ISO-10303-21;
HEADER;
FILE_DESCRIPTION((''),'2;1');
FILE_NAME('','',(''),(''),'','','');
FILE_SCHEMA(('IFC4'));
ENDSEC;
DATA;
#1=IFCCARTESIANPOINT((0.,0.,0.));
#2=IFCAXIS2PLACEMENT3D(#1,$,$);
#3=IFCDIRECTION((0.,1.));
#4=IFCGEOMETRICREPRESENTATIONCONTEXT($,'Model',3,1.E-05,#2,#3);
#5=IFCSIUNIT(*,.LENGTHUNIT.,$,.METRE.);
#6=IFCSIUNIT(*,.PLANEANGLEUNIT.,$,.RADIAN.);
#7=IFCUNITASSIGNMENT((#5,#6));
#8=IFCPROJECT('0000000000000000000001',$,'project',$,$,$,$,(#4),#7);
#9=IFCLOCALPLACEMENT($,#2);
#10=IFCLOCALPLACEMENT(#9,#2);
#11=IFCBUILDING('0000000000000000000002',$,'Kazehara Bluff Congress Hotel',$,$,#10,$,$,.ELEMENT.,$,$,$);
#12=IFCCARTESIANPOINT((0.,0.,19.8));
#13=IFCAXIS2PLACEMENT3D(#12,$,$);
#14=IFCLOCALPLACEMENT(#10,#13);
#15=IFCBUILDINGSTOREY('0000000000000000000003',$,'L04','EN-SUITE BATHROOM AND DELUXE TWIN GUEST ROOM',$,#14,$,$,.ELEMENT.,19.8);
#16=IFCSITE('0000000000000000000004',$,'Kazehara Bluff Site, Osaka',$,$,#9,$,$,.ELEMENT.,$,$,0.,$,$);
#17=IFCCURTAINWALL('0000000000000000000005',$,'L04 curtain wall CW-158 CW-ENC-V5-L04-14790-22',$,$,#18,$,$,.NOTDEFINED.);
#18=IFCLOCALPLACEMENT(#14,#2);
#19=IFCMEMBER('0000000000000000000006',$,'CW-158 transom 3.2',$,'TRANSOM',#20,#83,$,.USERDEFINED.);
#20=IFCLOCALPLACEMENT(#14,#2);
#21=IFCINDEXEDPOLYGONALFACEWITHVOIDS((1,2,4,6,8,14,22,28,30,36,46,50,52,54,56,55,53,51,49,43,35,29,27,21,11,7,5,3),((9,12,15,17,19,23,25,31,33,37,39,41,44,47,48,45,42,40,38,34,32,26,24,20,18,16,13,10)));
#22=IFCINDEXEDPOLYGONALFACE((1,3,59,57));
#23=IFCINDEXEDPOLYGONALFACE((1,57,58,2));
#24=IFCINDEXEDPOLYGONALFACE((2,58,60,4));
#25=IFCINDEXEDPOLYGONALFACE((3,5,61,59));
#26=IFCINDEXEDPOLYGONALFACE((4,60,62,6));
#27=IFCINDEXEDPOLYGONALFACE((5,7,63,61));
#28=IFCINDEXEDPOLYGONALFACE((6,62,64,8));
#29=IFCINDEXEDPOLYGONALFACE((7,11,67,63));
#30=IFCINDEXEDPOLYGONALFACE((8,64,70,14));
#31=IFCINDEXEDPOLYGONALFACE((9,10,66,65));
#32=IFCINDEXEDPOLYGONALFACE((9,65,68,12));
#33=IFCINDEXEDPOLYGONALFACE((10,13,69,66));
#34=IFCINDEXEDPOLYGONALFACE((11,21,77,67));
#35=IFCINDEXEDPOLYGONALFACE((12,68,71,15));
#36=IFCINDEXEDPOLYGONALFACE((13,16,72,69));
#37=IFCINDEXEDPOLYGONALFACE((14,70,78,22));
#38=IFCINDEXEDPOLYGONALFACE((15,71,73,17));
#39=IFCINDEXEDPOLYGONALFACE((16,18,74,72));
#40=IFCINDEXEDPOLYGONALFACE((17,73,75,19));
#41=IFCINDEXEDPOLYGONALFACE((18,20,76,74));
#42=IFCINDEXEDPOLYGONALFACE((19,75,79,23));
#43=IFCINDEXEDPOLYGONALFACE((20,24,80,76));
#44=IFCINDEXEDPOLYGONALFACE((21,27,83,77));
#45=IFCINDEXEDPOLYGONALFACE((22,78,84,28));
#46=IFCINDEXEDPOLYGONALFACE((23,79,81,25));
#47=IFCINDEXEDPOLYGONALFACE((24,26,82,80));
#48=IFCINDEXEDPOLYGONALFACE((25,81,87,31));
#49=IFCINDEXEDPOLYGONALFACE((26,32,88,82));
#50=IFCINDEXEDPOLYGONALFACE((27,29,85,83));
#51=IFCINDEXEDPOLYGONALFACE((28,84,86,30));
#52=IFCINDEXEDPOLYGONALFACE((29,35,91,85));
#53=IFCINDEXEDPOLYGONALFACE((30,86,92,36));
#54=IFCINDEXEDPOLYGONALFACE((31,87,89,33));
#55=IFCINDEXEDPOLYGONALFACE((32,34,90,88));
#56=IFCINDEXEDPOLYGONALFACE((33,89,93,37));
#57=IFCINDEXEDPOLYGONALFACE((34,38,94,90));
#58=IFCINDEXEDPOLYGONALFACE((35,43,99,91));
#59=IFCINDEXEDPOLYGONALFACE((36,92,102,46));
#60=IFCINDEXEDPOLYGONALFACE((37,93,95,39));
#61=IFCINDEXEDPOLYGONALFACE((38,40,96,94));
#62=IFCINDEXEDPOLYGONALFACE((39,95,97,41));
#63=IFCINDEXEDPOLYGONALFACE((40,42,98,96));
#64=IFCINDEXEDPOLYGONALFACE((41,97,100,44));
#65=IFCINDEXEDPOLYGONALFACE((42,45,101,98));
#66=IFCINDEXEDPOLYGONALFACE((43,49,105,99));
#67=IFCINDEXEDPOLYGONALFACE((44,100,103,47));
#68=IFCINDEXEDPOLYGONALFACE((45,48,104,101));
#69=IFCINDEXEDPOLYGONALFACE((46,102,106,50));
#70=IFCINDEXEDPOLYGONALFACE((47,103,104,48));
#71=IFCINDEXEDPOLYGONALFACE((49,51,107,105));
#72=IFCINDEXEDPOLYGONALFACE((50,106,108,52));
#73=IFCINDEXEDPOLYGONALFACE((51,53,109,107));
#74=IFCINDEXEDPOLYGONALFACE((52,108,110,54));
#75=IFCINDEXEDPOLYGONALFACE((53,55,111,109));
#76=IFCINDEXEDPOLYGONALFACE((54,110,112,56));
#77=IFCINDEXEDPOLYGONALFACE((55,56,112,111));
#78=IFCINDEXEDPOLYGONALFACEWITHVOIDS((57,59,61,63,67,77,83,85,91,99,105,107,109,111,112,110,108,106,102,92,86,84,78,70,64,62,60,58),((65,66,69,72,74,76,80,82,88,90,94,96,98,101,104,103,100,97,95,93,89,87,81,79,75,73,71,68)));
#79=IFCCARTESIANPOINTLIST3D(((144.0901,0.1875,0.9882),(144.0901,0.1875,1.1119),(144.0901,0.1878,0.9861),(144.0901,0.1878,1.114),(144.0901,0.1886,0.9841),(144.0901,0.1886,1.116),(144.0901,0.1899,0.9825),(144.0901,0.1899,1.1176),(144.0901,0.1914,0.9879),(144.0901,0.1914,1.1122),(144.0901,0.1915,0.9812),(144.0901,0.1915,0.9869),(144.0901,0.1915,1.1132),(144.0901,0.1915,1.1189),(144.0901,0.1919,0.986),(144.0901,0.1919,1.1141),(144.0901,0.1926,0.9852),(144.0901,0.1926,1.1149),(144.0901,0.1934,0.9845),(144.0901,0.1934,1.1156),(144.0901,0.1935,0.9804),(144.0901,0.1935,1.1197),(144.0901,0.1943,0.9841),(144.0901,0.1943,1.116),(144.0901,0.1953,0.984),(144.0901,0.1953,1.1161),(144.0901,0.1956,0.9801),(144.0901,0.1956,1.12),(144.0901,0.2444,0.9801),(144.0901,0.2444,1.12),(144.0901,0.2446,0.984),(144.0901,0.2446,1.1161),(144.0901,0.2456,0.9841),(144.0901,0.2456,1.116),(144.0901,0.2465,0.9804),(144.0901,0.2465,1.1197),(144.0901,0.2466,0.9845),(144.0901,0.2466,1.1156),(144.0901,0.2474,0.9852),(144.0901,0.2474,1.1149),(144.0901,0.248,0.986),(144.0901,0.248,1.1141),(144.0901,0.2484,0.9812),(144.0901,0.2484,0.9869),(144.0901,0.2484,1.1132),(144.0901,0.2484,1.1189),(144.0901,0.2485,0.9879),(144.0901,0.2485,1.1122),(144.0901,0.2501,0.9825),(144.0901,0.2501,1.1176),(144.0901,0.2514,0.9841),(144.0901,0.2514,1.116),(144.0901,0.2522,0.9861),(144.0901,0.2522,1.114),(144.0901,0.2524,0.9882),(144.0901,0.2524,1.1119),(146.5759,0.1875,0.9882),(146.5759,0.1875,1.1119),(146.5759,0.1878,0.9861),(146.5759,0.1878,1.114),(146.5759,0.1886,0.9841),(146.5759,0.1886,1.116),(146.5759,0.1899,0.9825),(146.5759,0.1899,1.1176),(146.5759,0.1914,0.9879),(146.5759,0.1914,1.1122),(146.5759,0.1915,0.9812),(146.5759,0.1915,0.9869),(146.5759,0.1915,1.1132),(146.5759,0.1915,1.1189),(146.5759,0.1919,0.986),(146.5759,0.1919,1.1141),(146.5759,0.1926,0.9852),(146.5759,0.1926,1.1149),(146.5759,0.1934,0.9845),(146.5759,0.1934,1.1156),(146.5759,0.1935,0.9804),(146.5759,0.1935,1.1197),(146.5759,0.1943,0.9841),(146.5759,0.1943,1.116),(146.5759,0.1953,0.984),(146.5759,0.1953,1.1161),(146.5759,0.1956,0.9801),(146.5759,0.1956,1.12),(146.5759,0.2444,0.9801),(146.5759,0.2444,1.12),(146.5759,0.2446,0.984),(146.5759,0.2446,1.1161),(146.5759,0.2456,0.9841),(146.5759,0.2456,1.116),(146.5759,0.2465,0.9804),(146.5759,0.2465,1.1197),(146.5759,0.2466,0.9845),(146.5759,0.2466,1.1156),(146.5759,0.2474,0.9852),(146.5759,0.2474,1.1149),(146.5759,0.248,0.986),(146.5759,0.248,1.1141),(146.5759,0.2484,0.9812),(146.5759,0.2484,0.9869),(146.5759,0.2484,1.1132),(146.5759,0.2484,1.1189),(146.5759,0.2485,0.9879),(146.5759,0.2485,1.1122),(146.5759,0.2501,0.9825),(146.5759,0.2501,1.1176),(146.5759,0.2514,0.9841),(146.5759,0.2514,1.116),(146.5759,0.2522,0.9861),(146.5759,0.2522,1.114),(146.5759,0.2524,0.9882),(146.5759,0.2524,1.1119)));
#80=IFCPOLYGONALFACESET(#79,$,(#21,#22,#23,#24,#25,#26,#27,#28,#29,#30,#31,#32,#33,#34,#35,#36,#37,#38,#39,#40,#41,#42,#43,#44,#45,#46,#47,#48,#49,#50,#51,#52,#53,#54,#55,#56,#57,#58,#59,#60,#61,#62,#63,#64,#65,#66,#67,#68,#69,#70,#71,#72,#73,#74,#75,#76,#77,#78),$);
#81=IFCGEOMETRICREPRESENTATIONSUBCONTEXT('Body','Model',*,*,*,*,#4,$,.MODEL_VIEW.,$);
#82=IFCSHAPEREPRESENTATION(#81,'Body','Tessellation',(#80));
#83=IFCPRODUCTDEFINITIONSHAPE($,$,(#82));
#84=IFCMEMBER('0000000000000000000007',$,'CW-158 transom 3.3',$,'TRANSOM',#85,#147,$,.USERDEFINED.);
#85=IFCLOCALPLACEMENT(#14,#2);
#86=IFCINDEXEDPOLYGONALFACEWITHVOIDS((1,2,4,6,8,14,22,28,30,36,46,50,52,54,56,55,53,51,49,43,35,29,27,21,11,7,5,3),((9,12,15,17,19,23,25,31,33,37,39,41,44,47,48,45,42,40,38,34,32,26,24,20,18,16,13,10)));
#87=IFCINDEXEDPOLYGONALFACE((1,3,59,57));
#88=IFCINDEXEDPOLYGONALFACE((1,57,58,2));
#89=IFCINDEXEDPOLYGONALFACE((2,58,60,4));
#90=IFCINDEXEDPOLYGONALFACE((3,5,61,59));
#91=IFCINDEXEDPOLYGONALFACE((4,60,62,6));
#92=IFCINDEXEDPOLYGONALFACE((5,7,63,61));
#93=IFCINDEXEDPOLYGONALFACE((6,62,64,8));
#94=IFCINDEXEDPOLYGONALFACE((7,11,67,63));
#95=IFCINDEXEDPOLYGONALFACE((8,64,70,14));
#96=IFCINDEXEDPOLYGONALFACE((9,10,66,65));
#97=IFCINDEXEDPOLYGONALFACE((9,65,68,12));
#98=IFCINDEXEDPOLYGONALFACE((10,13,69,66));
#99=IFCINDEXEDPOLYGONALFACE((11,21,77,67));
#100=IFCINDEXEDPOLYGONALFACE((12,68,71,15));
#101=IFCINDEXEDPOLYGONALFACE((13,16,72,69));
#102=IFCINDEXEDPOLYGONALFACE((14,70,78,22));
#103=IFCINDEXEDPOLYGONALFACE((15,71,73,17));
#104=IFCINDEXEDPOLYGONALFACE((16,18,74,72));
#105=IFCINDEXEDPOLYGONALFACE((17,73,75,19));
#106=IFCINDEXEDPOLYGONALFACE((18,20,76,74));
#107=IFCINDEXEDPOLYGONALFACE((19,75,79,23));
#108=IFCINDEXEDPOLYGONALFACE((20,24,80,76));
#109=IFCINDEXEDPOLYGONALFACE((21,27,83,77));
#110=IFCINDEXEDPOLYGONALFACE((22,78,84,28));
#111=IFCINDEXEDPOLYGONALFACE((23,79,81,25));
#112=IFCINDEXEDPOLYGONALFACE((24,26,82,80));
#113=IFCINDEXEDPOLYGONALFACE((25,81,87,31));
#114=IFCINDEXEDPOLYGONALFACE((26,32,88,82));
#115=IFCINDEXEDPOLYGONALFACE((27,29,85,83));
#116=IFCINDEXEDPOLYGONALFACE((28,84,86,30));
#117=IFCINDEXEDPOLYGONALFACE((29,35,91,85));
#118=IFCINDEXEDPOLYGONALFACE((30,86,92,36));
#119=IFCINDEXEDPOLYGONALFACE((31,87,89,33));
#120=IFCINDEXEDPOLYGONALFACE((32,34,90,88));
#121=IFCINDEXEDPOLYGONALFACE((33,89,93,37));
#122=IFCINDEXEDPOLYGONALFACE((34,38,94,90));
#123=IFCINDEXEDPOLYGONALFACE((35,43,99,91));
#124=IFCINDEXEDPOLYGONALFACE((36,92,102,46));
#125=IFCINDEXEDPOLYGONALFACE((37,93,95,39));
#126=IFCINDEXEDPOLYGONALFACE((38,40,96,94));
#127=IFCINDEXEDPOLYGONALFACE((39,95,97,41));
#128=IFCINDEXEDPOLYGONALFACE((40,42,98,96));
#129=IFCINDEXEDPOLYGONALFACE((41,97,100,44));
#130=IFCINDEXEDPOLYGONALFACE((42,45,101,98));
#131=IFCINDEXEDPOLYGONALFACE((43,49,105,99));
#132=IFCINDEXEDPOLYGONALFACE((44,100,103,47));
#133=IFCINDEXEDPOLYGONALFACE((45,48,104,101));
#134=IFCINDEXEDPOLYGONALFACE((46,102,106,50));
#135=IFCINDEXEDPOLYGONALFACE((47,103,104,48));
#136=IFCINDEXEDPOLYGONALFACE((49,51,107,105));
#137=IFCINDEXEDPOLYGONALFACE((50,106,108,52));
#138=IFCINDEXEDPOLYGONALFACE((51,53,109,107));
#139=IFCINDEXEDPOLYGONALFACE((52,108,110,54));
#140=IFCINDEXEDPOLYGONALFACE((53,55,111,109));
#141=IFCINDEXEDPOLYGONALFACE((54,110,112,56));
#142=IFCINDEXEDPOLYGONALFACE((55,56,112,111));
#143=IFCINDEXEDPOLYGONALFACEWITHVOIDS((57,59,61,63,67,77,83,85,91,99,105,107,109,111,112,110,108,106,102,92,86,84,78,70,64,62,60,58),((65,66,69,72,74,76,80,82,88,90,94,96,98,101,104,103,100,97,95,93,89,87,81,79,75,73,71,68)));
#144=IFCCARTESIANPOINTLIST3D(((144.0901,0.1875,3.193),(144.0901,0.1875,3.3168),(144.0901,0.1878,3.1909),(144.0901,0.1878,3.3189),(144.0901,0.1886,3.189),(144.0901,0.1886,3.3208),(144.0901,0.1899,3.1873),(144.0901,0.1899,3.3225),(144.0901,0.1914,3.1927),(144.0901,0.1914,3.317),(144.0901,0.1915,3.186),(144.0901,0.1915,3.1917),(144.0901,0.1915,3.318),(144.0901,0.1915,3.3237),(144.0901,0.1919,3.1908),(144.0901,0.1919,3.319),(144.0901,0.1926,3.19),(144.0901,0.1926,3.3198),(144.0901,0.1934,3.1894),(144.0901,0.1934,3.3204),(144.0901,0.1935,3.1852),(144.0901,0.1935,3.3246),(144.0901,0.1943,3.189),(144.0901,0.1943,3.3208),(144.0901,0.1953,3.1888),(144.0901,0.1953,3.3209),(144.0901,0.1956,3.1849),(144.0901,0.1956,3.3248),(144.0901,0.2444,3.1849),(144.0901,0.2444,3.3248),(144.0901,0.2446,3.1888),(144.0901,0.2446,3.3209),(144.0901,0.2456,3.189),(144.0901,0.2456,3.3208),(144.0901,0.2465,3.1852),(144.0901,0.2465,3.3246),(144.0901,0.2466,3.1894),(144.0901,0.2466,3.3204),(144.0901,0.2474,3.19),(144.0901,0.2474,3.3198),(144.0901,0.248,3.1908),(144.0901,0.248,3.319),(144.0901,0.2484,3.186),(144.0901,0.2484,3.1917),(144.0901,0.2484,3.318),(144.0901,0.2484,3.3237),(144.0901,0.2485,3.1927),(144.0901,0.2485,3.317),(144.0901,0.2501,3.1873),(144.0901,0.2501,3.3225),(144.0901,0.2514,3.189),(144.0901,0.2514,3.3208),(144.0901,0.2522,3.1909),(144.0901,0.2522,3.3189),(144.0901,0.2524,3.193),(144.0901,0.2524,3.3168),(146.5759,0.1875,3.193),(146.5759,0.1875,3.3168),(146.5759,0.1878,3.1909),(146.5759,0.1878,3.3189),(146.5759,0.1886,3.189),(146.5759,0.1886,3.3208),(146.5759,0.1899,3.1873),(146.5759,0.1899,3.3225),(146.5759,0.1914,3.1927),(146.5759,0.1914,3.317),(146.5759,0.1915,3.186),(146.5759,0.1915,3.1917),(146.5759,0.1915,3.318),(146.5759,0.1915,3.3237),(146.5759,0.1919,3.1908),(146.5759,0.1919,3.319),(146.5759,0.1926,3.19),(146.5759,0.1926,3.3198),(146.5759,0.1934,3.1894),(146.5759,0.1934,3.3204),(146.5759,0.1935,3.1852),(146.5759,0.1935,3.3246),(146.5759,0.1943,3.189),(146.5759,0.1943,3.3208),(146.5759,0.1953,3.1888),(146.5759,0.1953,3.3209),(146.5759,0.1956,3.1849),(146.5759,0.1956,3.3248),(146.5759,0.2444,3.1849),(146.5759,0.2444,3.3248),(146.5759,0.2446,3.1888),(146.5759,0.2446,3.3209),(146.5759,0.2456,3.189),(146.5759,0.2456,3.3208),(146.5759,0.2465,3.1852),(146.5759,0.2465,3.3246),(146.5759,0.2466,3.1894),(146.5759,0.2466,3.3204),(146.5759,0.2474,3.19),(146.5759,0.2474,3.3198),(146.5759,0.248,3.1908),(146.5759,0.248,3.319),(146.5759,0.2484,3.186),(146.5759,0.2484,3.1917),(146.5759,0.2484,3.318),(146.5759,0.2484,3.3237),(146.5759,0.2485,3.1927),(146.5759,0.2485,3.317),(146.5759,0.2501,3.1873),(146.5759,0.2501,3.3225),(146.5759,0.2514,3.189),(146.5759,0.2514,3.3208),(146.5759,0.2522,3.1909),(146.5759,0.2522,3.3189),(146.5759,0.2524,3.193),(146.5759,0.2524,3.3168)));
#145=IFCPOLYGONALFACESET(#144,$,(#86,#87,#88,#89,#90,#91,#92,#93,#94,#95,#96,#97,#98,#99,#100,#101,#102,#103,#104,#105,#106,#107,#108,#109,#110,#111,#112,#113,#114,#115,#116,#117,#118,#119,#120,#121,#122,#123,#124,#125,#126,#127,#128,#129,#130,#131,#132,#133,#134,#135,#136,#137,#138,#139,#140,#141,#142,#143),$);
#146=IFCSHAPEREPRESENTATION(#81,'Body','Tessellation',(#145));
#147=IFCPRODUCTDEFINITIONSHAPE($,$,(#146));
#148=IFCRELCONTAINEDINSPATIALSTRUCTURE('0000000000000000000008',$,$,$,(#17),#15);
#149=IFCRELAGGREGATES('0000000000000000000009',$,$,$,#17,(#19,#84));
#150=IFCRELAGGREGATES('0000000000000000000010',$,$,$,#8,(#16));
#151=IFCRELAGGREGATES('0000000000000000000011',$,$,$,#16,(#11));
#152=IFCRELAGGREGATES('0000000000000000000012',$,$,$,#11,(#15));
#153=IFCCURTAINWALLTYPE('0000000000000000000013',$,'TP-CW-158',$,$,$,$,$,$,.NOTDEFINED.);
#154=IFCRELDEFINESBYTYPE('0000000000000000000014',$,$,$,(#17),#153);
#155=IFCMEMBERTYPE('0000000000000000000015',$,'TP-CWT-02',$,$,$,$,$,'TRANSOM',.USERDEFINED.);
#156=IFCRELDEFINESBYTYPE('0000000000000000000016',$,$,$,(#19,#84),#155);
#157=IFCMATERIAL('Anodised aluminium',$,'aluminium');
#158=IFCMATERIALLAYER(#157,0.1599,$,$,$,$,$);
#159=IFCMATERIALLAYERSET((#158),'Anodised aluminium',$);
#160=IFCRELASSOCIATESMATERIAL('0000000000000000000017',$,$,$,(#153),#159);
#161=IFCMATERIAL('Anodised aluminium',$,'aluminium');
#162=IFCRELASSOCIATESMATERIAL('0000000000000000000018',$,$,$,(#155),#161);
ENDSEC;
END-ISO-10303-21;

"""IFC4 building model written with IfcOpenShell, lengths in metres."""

from ifc_helpers import new_model, si_unit, direction, frame, origin, origin_2d, place, context, subcontext, project, spatial, hollow_rectangle, extrude, material, layer, layer_set, material_profile, profile_set, type_object, element, aggregate, save


model = new_model("IFC4")

# Units and contexts
model_context = context("Model", 3, precision=1e-05, world=origin(), true_north=direction((0.0, 1.0)))
body_context = subcontext(model_context, "Body", "Model", "MODEL_VIEW")
ifc_project = project(units=[si_unit("LENGTHUNIT", "METRE"), si_unit("PLANEANGLEUNIT", "RADIAN")], contexts=[model_context])

# Site, building, storey
site_placement = place(None, origin())
site = spatial("IfcSite", under=ifc_project, at=site_placement, Name="Kazehara Bluff Site, Osaka", CompositionType="ELEMENT", RefElevation=0.0)
building_placement = place(site_placement, origin())
building = spatial("IfcBuilding", under=site, at=building_placement, Name="Kazehara Bluff Congress Hotel", CompositionType="ELEMENT")
storey_placement = place(building_placement, frame((0.0, 0.0, 19.8)))
storey = spatial("IfcBuildingStorey", under=building, at=storey_placement, Name="L04", Description="EN-SUITE BATHROOM AND DELUXE TWIN GUEST ROOM", CompositionType="ELEMENT", Elevation=19.8)

# Curtain wall
ifc_material_1 = material(Name="Anodised aluminium", Category="aluminium")
ifc_layer_1 = layer(ifc_material_1, 0.1599)
ifc_layer_set_1 = layer_set([ifc_layer_1], Name="Anodised aluminium")
curtain_wall_type = type_object("IfcCurtainWallType", Name="TP-CW-158", PredefinedType="NOTDEFINED", material=ifc_layer_set_1)
curtain_wall_1_placement = place(storey_placement, origin())
curtain_wall_1 = element("IfcCurtainWall", 1, at=curtain_wall_1_placement, inside=storey, type_object=curtain_wall_type, Name="L04 curtain wall CW-158 CW-ENC-V5-L04-14790-22", PredefinedType="NOTDEFINED")

# Members
ifc_material_2 = material(Name="Anodised aluminium", Category="aluminium")
ifc_material_profile_1 = material_profile(ifc_material_2, hollow_rectangle(XDim=0.0649, YDim=0.1399, WallThickness=0.0039, InnerFilletRadius=0.0039, OuterFilletRadius=0.0081, at=origin_2d()))
ifc_profile_set_1 = profile_set([ifc_material_profile_1], Name="Anodised aluminium")
member_type_1 = type_object("IfcMemberType", Name="TP-CWT-02", ElementType="TRANSOM", PredefinedType="USERDEFINED", material=ifc_profile_set_1)
member_1_placement = place(storey_placement, frame((146.5759, 0.22, 1.05), z_axis=(-1.0, 0.0, 0.0), x_axis=(0.0, -1.0, 0.0)))
member_1 = element("IfcMember", 2, at=member_1_placement, type_object=member_type_1, Name="CW-158 transom 3.2", ObjectType="TRANSOM", PredefinedType="USERDEFINED", context=body_context, shape_type="SweptSolid", body=[
    extrude(hollow_rectangle(XDim=0.0649, YDim=0.1399, WallThickness=0.0039, InnerFilletRadius=0.0039, OuterFilletRadius=0.0081, at=origin_2d()), origin(), (0.0, 0.0, 1.0), 2.4858),
])
member_2_placement = place(storey_placement, frame((146.5759, 0.22, 3.2549), z_axis=(-1.0, 0.0, 0.0), x_axis=(0.0, -1.0, 0.0)))
member_2 = element("IfcMember", 3, at=member_2_placement, type_object=member_type_1, Name="CW-158 transom 3.3", ObjectType="TRANSOM", PredefinedType="USERDEFINED", context=body_context, shape_type="SweptSolid", body=[
    extrude(hollow_rectangle(XDim=0.0649, YDim=0.1399, WallThickness=0.0039, InnerFilletRadius=0.0039, OuterFilletRadius=0.0081, at=origin_2d()), origin(), (0.0, 0.0, 1.0), 2.4858),
])

aggregate(curtain_wall_1, [member_1, member_2])

save(model, "model.ifc")
